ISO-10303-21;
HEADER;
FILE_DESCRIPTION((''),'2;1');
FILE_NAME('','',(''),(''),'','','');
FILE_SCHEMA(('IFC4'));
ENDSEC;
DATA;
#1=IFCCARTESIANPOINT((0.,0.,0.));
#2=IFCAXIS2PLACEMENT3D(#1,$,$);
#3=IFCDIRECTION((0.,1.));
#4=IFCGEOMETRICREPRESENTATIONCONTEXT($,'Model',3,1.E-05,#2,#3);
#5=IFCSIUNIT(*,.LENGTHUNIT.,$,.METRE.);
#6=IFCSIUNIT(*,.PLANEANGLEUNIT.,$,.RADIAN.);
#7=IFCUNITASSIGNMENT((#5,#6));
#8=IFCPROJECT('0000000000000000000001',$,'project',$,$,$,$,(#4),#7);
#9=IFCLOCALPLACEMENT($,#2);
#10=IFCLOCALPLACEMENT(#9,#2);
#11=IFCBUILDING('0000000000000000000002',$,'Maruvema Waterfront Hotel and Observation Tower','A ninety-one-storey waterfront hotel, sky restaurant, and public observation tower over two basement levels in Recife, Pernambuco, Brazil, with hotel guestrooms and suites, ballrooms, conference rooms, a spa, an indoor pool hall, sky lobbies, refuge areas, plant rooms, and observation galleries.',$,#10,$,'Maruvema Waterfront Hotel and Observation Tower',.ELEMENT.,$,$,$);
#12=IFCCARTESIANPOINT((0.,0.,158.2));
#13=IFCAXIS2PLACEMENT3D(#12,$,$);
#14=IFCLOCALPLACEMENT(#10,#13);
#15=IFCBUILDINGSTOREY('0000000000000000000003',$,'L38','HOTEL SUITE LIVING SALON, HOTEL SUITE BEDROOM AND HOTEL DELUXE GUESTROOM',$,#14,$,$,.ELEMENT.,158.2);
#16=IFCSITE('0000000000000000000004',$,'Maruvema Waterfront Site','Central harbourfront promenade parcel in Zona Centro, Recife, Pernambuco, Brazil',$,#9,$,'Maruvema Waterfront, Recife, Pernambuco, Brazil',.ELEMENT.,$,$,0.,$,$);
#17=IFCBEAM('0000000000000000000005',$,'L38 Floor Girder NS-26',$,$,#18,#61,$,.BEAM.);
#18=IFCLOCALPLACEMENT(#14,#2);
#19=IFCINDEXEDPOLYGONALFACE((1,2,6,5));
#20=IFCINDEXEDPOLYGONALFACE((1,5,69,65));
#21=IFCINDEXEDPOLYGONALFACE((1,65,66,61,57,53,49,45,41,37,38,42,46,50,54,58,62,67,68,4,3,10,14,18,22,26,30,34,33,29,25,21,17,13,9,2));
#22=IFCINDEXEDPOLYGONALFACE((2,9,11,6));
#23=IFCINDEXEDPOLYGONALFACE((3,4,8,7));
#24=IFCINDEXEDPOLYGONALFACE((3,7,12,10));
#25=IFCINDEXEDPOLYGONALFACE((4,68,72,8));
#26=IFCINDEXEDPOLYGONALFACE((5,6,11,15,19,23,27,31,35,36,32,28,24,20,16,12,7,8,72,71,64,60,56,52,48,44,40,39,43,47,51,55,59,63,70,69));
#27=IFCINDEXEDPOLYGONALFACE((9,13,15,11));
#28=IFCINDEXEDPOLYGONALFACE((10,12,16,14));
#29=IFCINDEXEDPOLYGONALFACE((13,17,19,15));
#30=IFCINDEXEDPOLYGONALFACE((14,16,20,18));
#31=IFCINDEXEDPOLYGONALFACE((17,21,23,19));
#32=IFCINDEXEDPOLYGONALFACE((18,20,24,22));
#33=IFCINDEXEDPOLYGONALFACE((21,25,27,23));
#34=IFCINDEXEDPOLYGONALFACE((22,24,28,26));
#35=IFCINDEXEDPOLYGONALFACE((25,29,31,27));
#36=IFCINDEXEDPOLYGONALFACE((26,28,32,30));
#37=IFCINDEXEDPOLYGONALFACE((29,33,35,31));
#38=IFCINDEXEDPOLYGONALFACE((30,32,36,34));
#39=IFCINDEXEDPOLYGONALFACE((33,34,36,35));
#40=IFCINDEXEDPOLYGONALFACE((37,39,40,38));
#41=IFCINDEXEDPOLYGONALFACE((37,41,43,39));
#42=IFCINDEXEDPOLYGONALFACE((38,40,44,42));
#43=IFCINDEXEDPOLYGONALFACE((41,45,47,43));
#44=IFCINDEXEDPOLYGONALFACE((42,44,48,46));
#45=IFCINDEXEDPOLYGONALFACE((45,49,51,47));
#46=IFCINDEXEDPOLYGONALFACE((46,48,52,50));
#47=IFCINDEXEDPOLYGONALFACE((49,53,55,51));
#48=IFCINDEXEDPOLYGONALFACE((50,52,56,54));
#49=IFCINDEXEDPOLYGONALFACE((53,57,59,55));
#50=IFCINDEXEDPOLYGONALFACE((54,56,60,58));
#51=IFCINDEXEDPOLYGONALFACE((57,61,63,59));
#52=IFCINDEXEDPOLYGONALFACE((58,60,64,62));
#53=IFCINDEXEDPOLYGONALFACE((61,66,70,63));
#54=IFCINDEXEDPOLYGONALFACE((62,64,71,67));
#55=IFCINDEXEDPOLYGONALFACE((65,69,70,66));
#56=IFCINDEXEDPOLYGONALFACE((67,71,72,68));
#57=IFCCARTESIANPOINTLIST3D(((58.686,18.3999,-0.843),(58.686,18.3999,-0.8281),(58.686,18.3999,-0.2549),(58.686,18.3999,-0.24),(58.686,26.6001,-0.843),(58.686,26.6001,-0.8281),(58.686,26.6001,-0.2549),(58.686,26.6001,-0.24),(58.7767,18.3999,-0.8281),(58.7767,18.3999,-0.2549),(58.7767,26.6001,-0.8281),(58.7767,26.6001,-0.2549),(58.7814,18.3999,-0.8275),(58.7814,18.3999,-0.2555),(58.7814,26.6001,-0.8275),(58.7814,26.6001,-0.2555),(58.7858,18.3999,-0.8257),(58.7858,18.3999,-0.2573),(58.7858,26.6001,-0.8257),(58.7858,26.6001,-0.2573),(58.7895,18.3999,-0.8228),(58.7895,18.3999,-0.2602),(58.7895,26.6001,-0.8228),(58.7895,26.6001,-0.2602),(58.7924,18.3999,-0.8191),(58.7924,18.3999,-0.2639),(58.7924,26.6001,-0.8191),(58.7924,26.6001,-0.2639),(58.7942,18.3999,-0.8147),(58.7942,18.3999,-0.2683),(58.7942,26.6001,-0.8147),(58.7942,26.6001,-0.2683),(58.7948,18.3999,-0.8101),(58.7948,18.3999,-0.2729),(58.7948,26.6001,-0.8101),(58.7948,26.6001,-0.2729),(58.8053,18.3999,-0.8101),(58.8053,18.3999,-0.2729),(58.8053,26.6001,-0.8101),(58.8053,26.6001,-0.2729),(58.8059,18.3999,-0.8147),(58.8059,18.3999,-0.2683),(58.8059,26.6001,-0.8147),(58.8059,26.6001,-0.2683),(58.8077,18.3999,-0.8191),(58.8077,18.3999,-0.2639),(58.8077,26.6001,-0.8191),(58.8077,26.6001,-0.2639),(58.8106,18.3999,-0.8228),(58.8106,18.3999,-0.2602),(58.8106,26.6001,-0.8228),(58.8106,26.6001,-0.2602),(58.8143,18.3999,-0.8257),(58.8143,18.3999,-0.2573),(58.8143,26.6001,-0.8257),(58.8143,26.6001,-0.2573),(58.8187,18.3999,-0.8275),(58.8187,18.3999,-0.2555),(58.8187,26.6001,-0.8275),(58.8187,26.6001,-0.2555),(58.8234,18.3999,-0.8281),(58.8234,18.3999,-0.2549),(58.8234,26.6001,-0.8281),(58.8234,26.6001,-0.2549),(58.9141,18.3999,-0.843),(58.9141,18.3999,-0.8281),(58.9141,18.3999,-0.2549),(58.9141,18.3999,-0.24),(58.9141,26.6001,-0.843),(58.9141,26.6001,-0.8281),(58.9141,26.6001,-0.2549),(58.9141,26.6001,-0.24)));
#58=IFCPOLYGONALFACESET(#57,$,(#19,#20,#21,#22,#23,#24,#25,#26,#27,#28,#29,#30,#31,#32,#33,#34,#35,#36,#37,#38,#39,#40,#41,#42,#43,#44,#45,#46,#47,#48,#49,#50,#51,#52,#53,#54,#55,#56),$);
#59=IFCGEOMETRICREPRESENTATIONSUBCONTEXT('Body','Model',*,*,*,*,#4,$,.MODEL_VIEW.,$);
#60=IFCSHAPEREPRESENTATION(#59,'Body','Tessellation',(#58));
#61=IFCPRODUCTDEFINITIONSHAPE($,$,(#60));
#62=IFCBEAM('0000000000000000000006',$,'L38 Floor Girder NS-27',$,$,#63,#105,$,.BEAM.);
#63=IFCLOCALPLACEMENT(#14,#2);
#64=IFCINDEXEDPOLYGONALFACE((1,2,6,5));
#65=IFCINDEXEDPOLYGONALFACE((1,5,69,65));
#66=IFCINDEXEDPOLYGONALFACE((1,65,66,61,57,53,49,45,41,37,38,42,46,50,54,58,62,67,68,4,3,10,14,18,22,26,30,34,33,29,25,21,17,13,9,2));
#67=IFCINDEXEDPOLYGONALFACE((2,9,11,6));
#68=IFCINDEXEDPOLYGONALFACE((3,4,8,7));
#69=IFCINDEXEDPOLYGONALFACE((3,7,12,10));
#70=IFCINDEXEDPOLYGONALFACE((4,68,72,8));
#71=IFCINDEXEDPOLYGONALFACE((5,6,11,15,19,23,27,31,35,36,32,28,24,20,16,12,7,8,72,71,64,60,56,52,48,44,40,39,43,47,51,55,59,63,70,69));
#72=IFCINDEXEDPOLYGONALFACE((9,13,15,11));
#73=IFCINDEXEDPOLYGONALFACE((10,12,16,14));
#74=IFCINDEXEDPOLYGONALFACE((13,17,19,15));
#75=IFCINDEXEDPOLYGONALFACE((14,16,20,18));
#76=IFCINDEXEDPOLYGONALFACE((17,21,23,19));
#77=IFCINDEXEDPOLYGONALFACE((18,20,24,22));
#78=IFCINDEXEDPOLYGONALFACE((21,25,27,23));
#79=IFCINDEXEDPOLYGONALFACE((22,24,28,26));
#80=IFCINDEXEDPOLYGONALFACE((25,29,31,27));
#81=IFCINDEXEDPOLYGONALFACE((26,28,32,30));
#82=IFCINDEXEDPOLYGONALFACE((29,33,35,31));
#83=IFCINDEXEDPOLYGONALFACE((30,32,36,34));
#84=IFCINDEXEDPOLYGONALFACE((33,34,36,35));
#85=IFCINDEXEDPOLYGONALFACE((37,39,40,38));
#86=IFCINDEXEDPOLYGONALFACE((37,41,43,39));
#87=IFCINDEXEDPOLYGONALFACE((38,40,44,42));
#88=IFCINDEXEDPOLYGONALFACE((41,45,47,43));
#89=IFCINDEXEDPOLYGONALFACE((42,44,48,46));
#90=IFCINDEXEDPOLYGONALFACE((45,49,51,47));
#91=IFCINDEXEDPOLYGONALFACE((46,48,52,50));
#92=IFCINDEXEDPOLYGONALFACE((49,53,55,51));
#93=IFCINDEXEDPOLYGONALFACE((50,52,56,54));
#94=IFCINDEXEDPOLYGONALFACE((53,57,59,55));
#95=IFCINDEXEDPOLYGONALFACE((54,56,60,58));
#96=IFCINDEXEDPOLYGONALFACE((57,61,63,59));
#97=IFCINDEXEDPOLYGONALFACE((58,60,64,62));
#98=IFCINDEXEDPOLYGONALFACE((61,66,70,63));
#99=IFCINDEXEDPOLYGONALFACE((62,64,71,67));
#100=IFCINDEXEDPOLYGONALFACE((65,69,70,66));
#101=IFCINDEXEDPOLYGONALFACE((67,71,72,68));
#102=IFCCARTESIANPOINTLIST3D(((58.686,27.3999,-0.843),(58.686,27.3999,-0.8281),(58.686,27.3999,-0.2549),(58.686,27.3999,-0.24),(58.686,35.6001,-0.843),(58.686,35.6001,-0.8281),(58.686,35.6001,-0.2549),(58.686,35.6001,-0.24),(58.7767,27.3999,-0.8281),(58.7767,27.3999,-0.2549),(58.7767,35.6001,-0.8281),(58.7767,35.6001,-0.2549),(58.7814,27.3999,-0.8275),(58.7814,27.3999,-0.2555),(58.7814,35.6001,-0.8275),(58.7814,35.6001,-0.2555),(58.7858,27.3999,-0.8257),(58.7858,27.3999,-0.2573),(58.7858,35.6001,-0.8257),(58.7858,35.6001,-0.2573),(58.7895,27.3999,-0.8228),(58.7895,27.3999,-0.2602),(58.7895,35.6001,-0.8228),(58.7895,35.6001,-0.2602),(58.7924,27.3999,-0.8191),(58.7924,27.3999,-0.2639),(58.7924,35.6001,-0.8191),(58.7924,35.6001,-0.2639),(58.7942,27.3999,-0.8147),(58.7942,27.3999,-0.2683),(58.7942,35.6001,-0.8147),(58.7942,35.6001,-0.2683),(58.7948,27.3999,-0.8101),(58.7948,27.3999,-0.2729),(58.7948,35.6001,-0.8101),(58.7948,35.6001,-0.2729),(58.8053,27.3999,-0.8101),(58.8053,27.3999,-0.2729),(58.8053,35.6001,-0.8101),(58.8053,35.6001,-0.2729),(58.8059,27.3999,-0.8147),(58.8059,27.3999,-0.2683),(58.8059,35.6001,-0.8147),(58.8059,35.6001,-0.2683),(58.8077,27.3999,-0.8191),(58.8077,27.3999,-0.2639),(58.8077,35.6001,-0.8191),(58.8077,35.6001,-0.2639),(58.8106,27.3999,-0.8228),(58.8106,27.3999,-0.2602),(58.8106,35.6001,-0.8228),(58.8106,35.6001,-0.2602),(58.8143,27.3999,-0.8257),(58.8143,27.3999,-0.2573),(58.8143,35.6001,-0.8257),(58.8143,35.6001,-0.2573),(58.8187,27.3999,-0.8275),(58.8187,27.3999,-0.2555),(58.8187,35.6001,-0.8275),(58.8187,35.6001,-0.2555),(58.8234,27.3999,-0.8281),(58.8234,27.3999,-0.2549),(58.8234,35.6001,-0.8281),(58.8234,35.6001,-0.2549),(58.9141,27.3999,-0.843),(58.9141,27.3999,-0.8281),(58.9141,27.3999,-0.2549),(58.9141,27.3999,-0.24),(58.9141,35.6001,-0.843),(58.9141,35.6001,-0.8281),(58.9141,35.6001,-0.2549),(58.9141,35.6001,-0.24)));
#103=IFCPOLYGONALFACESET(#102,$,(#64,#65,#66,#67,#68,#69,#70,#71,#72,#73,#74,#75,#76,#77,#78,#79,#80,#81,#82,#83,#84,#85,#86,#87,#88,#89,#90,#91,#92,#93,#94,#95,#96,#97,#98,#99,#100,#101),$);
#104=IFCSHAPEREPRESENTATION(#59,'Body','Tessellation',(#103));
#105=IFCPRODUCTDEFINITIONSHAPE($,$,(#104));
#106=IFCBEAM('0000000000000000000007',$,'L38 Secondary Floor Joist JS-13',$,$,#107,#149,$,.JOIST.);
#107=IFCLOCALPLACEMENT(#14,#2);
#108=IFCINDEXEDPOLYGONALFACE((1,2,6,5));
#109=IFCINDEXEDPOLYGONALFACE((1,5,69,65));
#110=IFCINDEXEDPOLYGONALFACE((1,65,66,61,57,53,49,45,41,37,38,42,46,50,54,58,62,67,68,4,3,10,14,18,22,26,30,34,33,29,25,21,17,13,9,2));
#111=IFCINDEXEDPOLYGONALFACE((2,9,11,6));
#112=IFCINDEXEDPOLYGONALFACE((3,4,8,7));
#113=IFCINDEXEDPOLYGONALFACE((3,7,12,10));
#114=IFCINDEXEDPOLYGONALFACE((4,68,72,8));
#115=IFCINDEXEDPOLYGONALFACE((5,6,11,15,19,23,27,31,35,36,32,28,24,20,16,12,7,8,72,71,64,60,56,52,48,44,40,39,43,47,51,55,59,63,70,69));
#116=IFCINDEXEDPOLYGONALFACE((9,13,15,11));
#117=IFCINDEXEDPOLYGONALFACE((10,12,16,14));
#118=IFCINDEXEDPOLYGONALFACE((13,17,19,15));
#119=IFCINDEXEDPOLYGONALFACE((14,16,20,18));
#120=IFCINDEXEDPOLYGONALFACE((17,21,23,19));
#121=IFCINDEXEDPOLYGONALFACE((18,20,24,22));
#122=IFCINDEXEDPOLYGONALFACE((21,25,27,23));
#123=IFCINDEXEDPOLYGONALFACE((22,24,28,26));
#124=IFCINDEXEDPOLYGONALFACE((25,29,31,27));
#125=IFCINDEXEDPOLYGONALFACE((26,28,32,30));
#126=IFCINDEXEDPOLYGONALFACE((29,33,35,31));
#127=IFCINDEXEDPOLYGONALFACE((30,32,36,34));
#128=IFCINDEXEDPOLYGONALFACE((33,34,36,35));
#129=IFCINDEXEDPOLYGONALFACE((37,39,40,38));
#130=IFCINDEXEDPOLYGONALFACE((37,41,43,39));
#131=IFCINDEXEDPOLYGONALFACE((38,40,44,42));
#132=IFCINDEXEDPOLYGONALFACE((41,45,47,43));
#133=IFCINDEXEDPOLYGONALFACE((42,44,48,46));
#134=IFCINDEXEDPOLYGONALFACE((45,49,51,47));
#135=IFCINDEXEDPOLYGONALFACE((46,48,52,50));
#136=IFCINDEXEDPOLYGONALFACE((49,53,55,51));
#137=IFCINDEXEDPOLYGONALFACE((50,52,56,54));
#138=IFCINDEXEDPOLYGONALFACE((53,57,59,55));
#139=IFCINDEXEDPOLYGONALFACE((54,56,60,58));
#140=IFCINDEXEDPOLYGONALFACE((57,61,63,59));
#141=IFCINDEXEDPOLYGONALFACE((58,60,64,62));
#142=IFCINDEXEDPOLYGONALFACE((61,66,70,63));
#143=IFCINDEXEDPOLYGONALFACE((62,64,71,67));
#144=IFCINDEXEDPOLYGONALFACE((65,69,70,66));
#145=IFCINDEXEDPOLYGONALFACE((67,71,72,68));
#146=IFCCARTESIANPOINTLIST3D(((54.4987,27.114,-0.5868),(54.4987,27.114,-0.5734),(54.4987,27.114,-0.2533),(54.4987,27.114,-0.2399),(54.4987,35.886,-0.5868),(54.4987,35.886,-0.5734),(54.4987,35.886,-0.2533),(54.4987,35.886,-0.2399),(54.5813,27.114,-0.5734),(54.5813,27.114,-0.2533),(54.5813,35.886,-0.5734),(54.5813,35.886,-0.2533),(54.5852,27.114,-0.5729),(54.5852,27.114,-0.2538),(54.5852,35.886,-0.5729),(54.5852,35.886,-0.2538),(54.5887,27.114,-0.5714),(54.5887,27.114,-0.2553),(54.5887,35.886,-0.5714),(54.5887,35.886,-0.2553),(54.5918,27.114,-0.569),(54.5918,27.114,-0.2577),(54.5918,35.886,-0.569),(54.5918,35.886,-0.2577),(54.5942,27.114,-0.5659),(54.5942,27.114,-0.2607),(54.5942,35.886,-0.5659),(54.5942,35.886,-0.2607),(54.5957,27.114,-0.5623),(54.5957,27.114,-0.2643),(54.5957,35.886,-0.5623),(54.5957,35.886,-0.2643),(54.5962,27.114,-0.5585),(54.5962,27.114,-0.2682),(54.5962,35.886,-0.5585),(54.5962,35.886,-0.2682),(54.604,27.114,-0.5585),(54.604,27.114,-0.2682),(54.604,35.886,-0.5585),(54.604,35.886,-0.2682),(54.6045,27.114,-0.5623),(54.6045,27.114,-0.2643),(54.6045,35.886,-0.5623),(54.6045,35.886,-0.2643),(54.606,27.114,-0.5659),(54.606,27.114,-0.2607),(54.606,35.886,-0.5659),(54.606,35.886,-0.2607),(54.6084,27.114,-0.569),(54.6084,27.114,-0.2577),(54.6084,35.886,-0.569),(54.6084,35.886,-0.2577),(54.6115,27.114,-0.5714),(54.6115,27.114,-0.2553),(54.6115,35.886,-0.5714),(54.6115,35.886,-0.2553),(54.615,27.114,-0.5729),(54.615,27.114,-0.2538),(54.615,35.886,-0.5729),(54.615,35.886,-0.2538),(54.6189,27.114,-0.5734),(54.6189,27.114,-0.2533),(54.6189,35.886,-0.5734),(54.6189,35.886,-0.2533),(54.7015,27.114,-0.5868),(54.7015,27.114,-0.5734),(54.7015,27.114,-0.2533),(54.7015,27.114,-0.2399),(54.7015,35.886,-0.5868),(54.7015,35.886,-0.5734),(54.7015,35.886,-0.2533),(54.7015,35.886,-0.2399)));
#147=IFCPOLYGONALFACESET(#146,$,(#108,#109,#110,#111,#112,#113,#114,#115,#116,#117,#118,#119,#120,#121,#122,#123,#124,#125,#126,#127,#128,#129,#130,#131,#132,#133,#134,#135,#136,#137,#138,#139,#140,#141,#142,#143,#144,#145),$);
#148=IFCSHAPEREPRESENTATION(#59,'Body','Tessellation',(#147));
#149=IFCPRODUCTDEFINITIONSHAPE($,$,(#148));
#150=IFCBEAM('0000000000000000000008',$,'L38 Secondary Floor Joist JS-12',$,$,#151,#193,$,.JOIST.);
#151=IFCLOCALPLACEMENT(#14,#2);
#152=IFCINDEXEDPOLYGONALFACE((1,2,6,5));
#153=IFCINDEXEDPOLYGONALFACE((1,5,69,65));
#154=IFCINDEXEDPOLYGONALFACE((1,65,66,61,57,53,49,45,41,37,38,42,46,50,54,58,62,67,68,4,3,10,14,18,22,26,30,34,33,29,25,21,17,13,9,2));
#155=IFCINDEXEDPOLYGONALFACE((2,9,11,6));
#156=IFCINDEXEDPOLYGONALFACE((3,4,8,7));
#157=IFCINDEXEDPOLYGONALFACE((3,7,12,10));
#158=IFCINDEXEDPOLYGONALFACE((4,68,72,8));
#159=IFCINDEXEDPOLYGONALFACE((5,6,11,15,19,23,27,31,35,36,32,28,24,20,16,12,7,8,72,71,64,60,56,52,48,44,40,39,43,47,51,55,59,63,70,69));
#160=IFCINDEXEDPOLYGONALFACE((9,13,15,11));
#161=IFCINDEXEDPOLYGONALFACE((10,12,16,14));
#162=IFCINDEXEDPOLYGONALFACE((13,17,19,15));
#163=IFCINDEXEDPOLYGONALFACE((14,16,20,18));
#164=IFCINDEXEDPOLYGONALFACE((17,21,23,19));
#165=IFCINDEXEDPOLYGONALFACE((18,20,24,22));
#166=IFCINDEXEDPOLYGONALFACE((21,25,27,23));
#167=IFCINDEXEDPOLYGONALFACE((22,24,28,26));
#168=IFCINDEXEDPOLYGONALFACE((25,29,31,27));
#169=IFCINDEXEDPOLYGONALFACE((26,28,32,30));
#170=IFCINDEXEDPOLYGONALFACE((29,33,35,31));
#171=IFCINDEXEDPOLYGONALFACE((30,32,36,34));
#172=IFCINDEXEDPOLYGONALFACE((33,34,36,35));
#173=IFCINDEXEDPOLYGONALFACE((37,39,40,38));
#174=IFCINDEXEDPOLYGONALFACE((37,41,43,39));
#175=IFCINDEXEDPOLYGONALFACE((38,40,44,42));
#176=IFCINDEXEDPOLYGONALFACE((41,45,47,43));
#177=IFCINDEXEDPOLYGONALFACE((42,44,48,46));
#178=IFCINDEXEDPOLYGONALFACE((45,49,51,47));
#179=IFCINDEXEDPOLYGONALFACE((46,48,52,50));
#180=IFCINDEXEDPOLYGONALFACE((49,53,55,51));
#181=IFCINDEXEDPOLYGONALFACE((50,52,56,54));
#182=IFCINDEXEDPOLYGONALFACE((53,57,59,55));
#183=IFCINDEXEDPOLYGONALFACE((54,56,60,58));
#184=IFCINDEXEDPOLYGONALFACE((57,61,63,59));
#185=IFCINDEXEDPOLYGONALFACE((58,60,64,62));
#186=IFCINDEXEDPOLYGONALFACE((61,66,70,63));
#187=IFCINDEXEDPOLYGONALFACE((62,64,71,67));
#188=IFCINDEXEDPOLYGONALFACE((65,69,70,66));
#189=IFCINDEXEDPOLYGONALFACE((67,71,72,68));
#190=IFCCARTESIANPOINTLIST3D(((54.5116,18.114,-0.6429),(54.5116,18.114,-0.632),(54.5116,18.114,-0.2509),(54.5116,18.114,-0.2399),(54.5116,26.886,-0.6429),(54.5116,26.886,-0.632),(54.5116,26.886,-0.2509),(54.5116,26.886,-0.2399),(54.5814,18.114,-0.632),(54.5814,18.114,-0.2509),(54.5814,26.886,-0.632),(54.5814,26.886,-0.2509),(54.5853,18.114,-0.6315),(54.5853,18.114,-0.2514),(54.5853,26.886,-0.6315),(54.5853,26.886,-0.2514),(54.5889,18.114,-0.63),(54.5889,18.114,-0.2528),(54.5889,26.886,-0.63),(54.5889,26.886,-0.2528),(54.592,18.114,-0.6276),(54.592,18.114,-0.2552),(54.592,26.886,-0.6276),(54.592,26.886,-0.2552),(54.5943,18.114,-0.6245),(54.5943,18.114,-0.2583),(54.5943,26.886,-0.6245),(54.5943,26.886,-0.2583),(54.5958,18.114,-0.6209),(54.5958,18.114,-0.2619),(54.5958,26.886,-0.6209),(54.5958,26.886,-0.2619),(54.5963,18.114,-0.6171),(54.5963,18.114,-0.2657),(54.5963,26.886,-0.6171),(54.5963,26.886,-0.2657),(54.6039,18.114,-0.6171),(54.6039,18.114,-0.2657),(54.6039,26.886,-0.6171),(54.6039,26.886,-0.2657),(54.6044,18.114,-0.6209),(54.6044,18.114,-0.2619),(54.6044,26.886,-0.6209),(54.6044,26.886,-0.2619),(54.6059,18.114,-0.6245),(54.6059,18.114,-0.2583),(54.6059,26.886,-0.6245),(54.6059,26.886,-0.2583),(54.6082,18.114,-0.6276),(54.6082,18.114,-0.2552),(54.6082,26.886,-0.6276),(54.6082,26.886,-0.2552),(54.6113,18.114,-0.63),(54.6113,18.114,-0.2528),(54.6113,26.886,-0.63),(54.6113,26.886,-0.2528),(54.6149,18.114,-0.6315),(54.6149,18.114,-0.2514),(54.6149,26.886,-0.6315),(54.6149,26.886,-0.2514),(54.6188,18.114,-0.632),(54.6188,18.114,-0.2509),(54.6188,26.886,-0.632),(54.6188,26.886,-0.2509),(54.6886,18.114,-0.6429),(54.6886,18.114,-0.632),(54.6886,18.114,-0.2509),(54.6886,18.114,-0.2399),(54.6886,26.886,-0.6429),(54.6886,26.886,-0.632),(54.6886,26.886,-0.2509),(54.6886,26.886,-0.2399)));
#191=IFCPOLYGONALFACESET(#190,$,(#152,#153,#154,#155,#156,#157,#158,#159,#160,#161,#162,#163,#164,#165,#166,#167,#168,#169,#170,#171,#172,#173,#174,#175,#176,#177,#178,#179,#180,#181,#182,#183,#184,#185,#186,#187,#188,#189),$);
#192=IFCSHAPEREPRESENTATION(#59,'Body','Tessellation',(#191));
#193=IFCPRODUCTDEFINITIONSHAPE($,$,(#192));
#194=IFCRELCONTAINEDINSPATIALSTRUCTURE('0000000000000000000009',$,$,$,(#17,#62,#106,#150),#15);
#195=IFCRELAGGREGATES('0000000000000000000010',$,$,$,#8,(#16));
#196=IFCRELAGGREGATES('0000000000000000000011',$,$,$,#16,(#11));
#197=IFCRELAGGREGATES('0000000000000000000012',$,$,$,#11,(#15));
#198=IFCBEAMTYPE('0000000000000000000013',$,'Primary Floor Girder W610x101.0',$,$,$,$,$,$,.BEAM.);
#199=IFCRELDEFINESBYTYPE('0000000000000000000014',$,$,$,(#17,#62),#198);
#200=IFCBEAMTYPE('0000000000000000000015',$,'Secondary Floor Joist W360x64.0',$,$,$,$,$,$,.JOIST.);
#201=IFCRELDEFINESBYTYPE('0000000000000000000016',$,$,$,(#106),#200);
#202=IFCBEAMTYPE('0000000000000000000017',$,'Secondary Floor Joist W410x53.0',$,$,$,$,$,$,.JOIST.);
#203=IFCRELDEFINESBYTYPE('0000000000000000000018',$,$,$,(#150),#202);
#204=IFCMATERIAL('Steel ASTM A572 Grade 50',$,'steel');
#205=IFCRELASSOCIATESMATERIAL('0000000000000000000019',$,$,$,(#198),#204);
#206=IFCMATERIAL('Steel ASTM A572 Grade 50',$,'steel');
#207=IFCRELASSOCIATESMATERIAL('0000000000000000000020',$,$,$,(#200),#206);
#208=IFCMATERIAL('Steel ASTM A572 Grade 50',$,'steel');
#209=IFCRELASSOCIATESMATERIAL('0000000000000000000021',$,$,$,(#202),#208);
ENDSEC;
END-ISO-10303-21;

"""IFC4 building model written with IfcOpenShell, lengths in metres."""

from ifc_helpers import new_model, si_unit, direction, frame, origin, origin_2d, place, context, subcontext, project, spatial, i_section, extrude, material, material_profile, profile_set, type_object, element, save


model = new_model("IFC4")

# Units and contexts
model_context = context("Model", 3, precision=1e-05, world=origin(), true_north=direction((0.0, 1.0)))
body_context = subcontext(model_context, "Body", "Model", "MODEL_VIEW")
ifc_project = project(units=[si_unit("LENGTHUNIT", "METRE"), si_unit("PLANEANGLEUNIT", "RADIAN")], contexts=[model_context])

# Site, building, storey
site_placement = place(None, origin())
site = spatial("IfcSite", under=ifc_project, at=site_placement, Name="Maruvema Waterfront Site", Description="Central harbourfront promenade parcel in Zona Centro, Recife, Pernambuco, Brazil", LongName="Maruvema Waterfront, Recife, Pernambuco, Brazil", CompositionType="ELEMENT", RefElevation=0.0)
building_placement = place(site_placement, origin())
building = spatial("IfcBuilding", under=site, at=building_placement, Name="Maruvema Waterfront Hotel and Observation Tower", Description="A ninety-one-storey waterfront hotel, sky restaurant, and public observation tower over two basement levels in Recife, Pernambuco, Brazil, with hotel guestrooms and suites, ballrooms, conference rooms, a spa, an indoor pool hall, sky lobbies, refuge areas, plant rooms, and observation galleries.", LongName="Maruvema Waterfront Hotel and Observation Tower", CompositionType="ELEMENT")
storey_placement = place(building_placement, frame((0.0, 0.0, 158.2)))
storey = spatial("IfcBuildingStorey", under=building, at=storey_placement, Name="L38", Description="HOTEL SUITE LIVING SALON, HOTEL SUITE BEDROOM AND HOTEL DELUXE GUESTROOM", CompositionType="ELEMENT", Elevation=158.2)

# Beams
ifc_material_1 = material(Name="Steel ASTM A572 Grade 50", Category="steel")
ifc_material_profile_1 = material_profile(ifc_material_1, i_section(OverallWidth=0.228, OverallDepth=0.603, WebThickness=0.0105, FlangeThickness=0.0149, FilletRadius=0.0181, at=origin_2d()), Name="W610x101.0")
ifc_profile_set_1 = profile_set([ifc_material_profile_1], Name="Steel ASTM A572 Grade 50")
beam_type_1 = type_object("IfcBeamType", Name="Primary Floor Girder W610x101.0", PredefinedType="BEAM", material=ifc_profile_set_1)
for number, where, z_axis, x_axis, name in (
    (1, (58.8, 18.3999, -0.5415), (0.0, 1.0, 0.0), (-1.0, 0.0, 0.0), "L38 Floor Girder NS-26"),
    (2, (58.8, 27.3999, -0.5415), (0.0, 1.0, 0.0), (-1.0, 0.0, 0.0), "L38 Floor Girder NS-27"),
):
    element("IfcBeam", number, at=place(storey_placement, frame(where, z_axis=z_axis, x_axis=x_axis)), inside=storey, type_object=beam_type_1, Name=name, PredefinedType="BEAM", context=body_context, shape_type="SweptSolid", body=[
        extrude(i_section(OverallWidth=0.228, OverallDepth=0.603, WebThickness=0.0105, FlangeThickness=0.0149, FilletRadius=0.0181, at=origin_2d()), origin(), (0.0, 0.0, 1.0), 8.2002),
    ])
ifc_material_2 = material(Name="Steel ASTM A572 Grade 50", Category="steel")
ifc_material_profile_2 = material_profile(ifc_material_2, i_section(OverallWidth=0.2029, OverallDepth=0.3469, WebThickness=0.0078, FlangeThickness=0.0134, FilletRadius=0.0149, at=origin_2d()), Name="W360x64.0")
ifc_profile_set_2 = profile_set([ifc_material_profile_2], Name="Steel ASTM A572 Grade 50")
beam_type_2 = type_object("IfcBeamType", Name="Secondary Floor Joist W360x64.0", PredefinedType="JOIST", material=ifc_profile_set_2)
beam_1_placement = place(storey_placement, frame((54.6001, 27.114, -0.4133), z_axis=(0.0, 1.0, 0.0), x_axis=(-1.0, 0.0, 0.0)))
element("IfcBeam", 3, at=beam_1_placement, inside=storey, type_object=beam_type_2, Name="L38 Secondary Floor Joist JS-13", PredefinedType="JOIST", context=body_context, shape_type="SweptSolid", body=[
    extrude(i_section(OverallWidth=0.2029, OverallDepth=0.3469, WebThickness=0.0078, FlangeThickness=0.0134, FilletRadius=0.0149, at=origin_2d()), origin(), (0.0, 0.0, 1.0), 8.772),
])
ifc_material_3 = material(Name="Steel ASTM A572 Grade 50", Category="steel")
ifc_material_profile_3 = material_profile(ifc_material_3, i_section(OverallWidth=0.177, OverallDepth=0.4031, WebThickness=0.0076, FlangeThickness=0.011, FilletRadius=0.0149, at=origin_2d()), Name="W410x53.0")
ifc_profile_set_3 = profile_set([ifc_material_profile_3], Name="Steel ASTM A572 Grade 50")
beam_type_3 = type_object("IfcBeamType", Name="Secondary Floor Joist W410x53.0", PredefinedType="JOIST", material=ifc_profile_set_3)
beam_2_placement = place(storey_placement, frame((54.6001, 18.114, -0.4414), z_axis=(0.0, 1.0, 0.0), x_axis=(-1.0, 0.0, 0.0)))
element("IfcBeam", 4, at=beam_2_placement, inside=storey, type_object=beam_type_3, Name="L38 Secondary Floor Joist JS-12", PredefinedType="JOIST", context=body_context, shape_type="SweptSolid", body=[
    extrude(i_section(OverallWidth=0.177, OverallDepth=0.4031, WebThickness=0.0076, FlangeThickness=0.011, FilletRadius=0.0149, at=origin_2d()), origin(), (0.0, 0.0, 1.0), 8.772),
])

save(model, "model.ifc")
